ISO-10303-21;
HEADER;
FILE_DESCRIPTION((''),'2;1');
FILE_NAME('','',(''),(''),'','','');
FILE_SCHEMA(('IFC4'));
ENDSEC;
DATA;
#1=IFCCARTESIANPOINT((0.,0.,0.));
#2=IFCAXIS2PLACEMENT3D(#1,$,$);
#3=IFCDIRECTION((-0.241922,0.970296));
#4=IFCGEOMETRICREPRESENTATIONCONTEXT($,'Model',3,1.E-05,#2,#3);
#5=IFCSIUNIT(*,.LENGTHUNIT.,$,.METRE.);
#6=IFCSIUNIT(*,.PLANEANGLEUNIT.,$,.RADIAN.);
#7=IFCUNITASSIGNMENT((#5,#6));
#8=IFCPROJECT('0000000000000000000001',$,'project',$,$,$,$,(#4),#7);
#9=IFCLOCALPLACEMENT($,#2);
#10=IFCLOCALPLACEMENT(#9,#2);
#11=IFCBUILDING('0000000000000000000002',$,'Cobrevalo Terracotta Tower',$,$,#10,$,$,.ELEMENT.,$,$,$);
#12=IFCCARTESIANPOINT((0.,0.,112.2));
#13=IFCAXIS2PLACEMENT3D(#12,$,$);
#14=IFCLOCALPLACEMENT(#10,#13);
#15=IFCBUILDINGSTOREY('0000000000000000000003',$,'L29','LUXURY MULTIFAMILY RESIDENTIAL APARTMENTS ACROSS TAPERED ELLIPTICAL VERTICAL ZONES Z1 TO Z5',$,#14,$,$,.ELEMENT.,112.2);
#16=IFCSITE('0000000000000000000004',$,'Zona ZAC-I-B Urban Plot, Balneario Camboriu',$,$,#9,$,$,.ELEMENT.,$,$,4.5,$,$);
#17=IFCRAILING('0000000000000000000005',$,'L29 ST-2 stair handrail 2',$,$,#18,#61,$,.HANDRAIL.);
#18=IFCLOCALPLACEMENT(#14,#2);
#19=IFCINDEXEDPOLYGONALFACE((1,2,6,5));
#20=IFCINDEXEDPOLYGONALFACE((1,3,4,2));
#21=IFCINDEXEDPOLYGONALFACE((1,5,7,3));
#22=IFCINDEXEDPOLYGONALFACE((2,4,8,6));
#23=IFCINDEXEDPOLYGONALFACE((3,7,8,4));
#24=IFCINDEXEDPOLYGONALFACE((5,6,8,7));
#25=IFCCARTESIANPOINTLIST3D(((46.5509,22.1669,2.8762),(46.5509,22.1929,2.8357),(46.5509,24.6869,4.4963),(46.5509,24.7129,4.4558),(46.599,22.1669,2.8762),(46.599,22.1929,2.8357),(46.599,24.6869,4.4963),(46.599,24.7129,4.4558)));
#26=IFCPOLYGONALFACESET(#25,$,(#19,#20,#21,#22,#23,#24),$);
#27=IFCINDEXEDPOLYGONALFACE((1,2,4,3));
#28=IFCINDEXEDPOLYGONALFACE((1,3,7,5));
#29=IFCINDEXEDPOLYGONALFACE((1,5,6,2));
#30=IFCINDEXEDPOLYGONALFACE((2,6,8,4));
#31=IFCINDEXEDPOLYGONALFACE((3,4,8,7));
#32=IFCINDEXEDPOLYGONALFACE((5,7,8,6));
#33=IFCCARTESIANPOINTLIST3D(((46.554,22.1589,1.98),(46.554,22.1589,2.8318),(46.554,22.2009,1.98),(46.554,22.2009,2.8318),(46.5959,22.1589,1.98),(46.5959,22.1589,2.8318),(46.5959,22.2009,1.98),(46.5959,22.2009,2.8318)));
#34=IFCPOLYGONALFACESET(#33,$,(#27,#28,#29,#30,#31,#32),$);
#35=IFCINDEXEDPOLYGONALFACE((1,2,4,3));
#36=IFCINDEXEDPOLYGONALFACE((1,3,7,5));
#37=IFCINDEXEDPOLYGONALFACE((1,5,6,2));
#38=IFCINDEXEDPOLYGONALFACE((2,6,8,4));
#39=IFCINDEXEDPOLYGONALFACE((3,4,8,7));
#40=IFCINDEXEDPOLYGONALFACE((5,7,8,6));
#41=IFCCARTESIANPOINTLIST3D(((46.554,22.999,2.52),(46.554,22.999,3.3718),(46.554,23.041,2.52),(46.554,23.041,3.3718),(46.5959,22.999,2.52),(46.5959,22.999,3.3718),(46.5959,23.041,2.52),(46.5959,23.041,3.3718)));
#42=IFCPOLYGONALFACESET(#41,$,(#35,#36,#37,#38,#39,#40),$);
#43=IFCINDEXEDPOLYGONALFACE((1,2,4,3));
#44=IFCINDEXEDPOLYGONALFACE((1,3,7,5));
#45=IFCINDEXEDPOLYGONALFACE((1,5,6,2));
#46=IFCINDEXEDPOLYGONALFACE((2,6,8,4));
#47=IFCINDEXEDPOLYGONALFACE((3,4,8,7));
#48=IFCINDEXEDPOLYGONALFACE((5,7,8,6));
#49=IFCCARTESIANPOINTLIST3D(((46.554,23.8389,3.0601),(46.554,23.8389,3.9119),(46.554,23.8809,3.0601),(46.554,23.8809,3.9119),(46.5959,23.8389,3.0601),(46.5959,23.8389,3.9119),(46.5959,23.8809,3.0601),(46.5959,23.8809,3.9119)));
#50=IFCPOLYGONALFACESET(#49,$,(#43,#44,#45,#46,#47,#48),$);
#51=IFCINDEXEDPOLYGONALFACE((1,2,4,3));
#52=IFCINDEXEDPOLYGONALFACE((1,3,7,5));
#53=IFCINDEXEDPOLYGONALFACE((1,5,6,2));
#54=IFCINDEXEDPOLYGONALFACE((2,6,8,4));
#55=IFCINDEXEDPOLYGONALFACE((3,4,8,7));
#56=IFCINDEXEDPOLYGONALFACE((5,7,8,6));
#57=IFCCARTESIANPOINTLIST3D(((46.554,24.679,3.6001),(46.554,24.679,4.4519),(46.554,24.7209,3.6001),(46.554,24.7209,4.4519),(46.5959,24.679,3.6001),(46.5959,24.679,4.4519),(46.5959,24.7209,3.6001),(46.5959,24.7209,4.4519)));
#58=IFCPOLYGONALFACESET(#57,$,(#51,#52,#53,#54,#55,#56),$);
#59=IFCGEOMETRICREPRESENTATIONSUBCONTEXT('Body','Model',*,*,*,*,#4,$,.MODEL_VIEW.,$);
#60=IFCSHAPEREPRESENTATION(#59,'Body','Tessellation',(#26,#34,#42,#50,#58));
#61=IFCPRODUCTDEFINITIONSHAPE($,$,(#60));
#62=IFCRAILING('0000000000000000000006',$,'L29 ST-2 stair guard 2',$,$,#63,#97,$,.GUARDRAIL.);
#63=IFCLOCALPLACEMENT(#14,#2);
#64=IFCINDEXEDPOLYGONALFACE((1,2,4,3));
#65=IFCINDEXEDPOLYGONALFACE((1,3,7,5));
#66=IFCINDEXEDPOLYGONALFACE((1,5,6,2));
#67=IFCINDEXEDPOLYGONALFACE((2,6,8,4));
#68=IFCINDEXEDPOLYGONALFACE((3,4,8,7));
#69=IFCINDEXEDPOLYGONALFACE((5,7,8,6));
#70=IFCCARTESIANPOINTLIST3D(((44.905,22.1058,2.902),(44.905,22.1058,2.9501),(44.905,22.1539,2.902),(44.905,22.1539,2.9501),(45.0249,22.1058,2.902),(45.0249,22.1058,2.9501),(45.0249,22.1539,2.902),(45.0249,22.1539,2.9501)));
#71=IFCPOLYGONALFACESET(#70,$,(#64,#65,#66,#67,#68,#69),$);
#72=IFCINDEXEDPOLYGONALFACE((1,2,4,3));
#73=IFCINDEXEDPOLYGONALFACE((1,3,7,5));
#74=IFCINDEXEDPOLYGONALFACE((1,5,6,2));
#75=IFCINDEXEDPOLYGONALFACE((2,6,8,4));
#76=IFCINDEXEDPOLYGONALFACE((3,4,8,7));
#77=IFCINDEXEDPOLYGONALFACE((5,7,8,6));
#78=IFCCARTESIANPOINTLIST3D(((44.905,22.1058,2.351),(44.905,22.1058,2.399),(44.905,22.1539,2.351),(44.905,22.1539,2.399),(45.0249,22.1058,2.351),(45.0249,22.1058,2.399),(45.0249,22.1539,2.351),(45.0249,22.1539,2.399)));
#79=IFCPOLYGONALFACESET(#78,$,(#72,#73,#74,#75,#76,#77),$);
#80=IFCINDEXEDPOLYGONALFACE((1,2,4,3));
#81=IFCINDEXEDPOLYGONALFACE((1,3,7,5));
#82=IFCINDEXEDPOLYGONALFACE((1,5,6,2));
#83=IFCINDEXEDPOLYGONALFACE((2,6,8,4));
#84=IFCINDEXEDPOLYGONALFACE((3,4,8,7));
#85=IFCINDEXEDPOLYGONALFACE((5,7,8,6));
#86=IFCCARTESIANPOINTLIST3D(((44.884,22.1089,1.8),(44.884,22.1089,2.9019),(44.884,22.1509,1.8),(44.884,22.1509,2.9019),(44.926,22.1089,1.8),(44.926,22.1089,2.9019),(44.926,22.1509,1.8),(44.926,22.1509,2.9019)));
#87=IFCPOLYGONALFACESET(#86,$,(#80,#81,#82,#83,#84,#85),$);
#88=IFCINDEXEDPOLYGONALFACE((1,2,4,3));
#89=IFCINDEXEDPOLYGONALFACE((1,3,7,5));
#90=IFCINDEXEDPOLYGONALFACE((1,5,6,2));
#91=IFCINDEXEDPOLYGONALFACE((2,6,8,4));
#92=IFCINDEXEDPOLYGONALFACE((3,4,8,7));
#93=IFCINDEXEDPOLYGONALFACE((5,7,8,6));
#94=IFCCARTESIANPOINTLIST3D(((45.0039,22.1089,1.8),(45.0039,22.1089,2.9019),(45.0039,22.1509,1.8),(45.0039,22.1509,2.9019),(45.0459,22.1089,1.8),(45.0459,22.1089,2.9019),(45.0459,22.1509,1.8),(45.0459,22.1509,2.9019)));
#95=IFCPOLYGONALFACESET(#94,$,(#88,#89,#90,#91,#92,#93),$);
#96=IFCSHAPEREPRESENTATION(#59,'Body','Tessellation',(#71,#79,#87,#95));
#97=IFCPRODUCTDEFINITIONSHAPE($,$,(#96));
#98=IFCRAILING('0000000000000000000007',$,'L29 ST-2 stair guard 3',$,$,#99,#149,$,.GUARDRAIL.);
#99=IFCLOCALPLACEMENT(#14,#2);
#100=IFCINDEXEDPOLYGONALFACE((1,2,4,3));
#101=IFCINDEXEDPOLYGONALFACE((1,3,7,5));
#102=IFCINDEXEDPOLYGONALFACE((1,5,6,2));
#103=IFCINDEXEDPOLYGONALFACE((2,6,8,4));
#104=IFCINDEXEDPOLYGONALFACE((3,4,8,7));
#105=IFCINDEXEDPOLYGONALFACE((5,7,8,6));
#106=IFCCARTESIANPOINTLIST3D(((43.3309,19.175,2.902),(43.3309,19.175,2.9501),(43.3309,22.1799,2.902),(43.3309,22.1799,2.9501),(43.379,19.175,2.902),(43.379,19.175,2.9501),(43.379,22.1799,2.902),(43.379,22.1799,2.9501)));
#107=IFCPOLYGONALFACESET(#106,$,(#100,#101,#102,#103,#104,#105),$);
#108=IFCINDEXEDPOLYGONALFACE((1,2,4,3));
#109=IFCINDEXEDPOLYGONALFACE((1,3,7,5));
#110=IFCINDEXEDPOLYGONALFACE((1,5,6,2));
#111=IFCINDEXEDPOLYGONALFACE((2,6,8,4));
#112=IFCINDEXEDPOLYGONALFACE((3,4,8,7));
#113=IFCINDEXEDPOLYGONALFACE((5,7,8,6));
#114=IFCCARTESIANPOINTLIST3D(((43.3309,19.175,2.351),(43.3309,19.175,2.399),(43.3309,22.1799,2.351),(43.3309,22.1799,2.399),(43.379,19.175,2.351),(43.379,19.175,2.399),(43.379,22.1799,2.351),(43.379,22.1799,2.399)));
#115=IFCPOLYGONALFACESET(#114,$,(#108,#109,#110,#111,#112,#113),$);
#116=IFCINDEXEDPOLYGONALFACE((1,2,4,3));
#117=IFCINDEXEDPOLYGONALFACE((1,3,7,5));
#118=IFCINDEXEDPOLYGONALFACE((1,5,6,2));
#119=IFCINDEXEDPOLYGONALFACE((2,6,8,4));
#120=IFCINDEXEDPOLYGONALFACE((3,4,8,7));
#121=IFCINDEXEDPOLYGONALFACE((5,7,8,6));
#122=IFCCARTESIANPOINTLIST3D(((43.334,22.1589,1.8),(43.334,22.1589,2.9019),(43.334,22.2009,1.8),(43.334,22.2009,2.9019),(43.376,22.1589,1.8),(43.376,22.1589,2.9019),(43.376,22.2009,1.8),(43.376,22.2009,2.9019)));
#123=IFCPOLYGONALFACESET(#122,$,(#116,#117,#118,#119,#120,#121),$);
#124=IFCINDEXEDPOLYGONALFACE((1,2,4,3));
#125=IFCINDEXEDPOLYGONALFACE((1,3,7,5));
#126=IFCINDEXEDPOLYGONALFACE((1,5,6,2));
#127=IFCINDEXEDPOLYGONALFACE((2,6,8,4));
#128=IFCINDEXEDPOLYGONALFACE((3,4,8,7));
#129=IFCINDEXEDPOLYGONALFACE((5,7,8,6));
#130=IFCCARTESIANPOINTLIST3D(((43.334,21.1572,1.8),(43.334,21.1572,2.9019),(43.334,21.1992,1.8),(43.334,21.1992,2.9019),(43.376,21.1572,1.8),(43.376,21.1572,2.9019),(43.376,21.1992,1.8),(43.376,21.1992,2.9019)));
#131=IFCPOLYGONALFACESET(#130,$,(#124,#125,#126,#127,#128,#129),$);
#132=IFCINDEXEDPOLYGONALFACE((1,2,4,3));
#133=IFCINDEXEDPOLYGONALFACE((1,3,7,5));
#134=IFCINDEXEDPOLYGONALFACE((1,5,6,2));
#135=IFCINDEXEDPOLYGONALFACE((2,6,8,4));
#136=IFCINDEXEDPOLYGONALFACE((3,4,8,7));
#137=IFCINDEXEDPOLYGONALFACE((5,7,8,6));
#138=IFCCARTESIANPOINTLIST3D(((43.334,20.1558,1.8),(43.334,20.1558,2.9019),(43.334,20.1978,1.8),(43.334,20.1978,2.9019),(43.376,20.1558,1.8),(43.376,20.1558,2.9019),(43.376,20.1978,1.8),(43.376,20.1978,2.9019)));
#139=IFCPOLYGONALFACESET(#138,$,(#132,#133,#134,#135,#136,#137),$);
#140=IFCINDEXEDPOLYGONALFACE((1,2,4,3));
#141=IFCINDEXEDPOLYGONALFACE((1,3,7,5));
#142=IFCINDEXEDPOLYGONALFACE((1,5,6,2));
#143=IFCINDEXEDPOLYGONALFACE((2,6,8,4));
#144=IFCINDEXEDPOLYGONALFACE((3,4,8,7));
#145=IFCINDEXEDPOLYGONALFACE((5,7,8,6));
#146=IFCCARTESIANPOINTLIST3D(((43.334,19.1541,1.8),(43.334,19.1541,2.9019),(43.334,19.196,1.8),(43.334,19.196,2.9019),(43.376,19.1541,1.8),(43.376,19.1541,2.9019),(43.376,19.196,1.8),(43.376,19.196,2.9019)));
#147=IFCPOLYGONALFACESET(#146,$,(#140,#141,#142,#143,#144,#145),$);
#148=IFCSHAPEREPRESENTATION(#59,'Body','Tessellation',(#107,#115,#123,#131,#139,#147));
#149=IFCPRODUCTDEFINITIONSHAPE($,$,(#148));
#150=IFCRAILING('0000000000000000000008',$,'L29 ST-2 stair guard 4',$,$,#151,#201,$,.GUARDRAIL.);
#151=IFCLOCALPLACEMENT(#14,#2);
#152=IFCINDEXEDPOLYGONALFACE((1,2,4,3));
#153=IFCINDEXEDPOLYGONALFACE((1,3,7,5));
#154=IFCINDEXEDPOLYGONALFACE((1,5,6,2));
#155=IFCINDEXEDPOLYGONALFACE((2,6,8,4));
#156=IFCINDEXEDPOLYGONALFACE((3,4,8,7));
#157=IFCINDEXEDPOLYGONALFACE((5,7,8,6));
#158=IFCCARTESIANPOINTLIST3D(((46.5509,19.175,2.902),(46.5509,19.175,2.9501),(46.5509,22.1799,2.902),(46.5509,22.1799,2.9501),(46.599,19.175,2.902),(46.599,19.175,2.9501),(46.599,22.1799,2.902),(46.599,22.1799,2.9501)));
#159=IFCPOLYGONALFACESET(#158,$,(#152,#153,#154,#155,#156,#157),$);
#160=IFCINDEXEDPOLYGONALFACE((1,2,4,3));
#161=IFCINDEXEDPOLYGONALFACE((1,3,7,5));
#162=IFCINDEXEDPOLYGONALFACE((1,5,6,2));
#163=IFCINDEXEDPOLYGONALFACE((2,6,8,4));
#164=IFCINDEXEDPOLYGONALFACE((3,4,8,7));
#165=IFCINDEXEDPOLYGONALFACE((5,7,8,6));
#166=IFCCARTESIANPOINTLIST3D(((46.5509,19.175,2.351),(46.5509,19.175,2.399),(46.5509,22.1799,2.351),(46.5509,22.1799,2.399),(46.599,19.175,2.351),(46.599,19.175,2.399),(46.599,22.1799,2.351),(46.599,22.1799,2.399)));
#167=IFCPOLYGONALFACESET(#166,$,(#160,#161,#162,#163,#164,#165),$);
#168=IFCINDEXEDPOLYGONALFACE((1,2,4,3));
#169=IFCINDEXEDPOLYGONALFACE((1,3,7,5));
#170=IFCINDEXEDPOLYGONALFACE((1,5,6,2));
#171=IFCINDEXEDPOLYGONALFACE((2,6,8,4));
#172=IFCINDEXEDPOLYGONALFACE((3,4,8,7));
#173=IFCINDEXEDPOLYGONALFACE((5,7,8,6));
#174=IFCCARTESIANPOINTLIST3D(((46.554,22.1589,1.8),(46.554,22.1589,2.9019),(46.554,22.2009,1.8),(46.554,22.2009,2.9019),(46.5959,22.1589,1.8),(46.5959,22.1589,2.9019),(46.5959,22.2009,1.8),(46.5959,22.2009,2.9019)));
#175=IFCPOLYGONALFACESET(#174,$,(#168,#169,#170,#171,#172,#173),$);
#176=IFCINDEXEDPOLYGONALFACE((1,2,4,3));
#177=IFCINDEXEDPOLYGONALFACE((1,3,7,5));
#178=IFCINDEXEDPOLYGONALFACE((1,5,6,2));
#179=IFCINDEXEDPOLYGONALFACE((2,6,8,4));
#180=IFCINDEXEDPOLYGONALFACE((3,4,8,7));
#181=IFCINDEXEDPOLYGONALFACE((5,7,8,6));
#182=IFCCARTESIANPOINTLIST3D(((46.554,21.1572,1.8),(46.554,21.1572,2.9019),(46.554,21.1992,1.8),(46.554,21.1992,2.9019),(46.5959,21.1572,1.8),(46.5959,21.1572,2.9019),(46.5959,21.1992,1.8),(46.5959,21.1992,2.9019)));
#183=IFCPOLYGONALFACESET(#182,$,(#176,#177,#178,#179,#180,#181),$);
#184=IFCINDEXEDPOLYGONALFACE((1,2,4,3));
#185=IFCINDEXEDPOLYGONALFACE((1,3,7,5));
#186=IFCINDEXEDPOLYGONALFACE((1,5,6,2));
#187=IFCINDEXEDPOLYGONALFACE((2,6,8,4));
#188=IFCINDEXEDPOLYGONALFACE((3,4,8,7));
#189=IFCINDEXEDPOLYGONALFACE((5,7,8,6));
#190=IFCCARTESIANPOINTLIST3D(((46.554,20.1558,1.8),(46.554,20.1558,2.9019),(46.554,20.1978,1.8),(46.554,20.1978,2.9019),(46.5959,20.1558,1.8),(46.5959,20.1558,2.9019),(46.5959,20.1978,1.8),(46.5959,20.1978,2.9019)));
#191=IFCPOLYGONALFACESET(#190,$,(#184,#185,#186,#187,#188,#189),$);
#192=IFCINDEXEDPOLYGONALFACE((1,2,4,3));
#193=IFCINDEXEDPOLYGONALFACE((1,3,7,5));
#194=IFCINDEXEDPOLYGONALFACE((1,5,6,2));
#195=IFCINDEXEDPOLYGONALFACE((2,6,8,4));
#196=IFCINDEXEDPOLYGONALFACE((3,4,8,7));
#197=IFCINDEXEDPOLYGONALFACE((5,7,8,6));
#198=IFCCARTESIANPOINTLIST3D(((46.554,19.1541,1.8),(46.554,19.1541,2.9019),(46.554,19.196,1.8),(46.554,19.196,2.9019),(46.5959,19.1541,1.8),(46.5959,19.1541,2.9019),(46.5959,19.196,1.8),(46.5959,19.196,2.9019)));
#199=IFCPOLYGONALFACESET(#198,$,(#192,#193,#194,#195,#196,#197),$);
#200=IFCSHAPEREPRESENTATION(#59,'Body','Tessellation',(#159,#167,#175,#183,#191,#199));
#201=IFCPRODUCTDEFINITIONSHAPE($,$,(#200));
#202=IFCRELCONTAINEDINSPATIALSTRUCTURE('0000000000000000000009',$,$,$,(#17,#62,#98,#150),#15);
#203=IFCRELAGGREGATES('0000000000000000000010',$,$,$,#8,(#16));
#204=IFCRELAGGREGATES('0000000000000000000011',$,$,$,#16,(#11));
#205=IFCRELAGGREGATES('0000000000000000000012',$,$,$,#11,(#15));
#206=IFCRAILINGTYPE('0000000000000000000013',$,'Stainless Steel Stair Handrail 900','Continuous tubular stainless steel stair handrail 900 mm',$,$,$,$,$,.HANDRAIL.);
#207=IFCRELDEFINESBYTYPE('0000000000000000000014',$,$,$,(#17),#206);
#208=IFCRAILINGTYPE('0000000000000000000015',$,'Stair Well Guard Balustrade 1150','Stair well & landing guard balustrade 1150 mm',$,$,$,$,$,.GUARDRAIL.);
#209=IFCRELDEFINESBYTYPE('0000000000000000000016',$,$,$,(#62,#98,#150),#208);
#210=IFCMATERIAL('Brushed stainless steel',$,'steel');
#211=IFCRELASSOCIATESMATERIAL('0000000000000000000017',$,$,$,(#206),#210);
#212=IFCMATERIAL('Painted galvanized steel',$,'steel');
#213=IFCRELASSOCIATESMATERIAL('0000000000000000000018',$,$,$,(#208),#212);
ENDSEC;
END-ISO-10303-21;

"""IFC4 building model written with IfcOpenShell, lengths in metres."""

from ifc_helpers import new_model, si_unit, direction, frame, origin, origin_2d, place, context, subcontext, project, spatial, rectangle, extrude, material, type_object, element, save


model = new_model("IFC4")

# Units and contexts
model_context = context("Model", 3, precision=1e-05, world=origin(), true_north=direction((-0.241922, 0.970296)))
body_context = subcontext(model_context, "Body", "Model", "MODEL_VIEW")
ifc_project = project(units=[si_unit("LENGTHUNIT", "METRE"), si_unit("PLANEANGLEUNIT", "RADIAN")], contexts=[model_context])

# Site, building, storey
site_placement = place(None, origin())
site = spatial("IfcSite", under=ifc_project, at=site_placement, Name="Zona ZAC-I-B Urban Plot, Balneario Camboriu", CompositionType="ELEMENT", RefElevation=4.5)
building_placement = place(site_placement, origin())
building = spatial("IfcBuilding", under=site, at=building_placement, Name="Cobrevalo Terracotta Tower", CompositionType="ELEMENT")
storey_placement = place(building_placement, frame((0.0, 0.0, 112.2)))
storey = spatial("IfcBuildingStorey", under=building, at=storey_placement, Name="L29", Description="LUXURY MULTIFAMILY RESIDENTIAL APARTMENTS ACROSS TAPERED ELLIPTICAL VERTICAL ZONES Z1 TO Z5", CompositionType="ELEMENT", Elevation=112.2)

# Railings
ifc_material_1 = material(Name="Brushed stainless steel", Category="steel")
railing_type_1 = type_object("IfcRailingType", Name="Stainless Steel Stair Handrail 900", Description="Continuous tubular stainless steel stair handrail 900 mm", PredefinedType="HANDRAIL", material=ifc_material_1)
railing_1_placement = place(storey_placement, frame((46.575, 22.1799, 1.98)))
element("IfcRailing", 1, at=railing_1_placement, inside=storey, type_object=railing_type_1, Name="L29 ST-2 stair handrail 2", PredefinedType="HANDRAIL", context=body_context, shape_type="SweptSolid", body=[
    extrude(rectangle(XDim=0.0481, YDim=0.0481, at=origin_2d()), frame((0.0, 0.0, 0.876), z_axis=(0.0, 0.841163, 0.540782), x_axis=(-1.0, 0.0, 0.0)), (0.0, 0.0, 1.0), 2.9958),
    extrude(rectangle(XDim=0.042, YDim=0.042, at=origin_2d()), origin(), (0.0, 0.0, 1.0), 0.8518),
    extrude(rectangle(XDim=0.042, YDim=0.042, at=origin_2d()), frame((0.0, 0.8401, 0.54)), (0.0, 0.0, 1.0), 0.8518),
    extrude(rectangle(XDim=0.042, YDim=0.042, at=origin_2d()), frame((0.0, 1.6799, 1.0801)), (0.0, 0.0, 1.0), 0.8518),
    extrude(rectangle(XDim=0.042, YDim=0.042, at=origin_2d()), frame((0.0, 2.52, 1.6201)), (0.0, 0.0, 1.0), 0.8518),
])
ifc_material_2 = material(Name="Painted galvanized steel", Category="steel")
railing_type_2 = type_object("IfcRailingType", Name="Stair Well Guard Balustrade 1150", Description="Stair well & landing guard balustrade 1150 mm", PredefinedType="GUARDRAIL", material=ifc_material_2)
railing_2_placement = place(storey_placement, frame((44.905, 22.1299, 1.8)))
element("IfcRailing", 2, at=railing_2_placement, inside=storey, type_object=railing_type_2, Name="L29 ST-2 stair guard 2", PredefinedType="GUARDRAIL", context=body_context, shape_type="SweptSolid", body=[
    extrude(rectangle(XDim=0.0481, YDim=0.0481, at=origin_2d()), frame((0.0, 0.0, 1.126), z_axis=(1.0, 0.0, 0.0), x_axis=(0.0, 1.0, 0.0)), (0.0, 0.0, 1.0), 0.1199),
    extrude(rectangle(XDim=0.0481, YDim=0.0481, at=origin_2d()), frame((0.0, 0.0, 0.575), z_axis=(1.0, 0.0, 0.0), x_axis=(0.0, 1.0, 0.0)), (0.0, 0.0, 1.0), 0.1199),
    extrude(rectangle(XDim=0.042, YDim=0.042, at=origin_2d()), origin(), (0.0, 0.0, 1.0), 1.1018),
    extrude(rectangle(XDim=0.042, YDim=0.042, at=origin_2d()), frame((0.1199, 0.0, 0.0)), (0.0, 0.0, 1.0), 1.1018),
])
for number, where, name in (
    (3, (43.355, 22.1799, 1.8), "L29 ST-2 stair guard 3"),
    (4, (46.575, 22.1799, 1.8), "L29 ST-2 stair guard 4"),
):
    element("IfcRailing", number, at=place(storey_placement, frame(where)), inside=storey, type_object=railing_type_2, Name=name, PredefinedType="GUARDRAIL", context=body_context, shape_type="SweptSolid", body=[
        extrude(rectangle(XDim=0.0481, YDim=0.0481, at=origin_2d()), frame((0.0, 0.0, 1.126), z_axis=(0.0, -1.0, 0.0), x_axis=(1.0, 0.0, 0.0)), (0.0, 0.0, 1.0), 3.0049),
        extrude(rectangle(XDim=0.0481, YDim=0.0481, at=origin_2d()), frame((0.0, 0.0, 0.575), z_axis=(0.0, -1.0, 0.0), x_axis=(1.0, 0.0, 0.0)), (0.0, 0.0, 1.0), 3.0049),
        extrude(rectangle(XDim=0.042, YDim=0.042, at=origin_2d()), origin(), (0.0, 0.0, 1.0), 1.1018),
        extrude(rectangle(XDim=0.042, YDim=0.042, at=origin_2d()), frame((0.0, -1.0017, 0.0)), (0.0, 0.0, 1.0), 1.1018),
        extrude(rectangle(XDim=0.042, YDim=0.042, at=origin_2d()), frame((0.0, -2.0032, 0.0)), (0.0, 0.0, 1.0), 1.1018),
        extrude(rectangle(XDim=0.042, YDim=0.042, at=origin_2d()), frame((0.0, -3.0049, 0.0)), (0.0, 0.0, 1.0), 1.1018),
    ])

save(model, "model.ifc")
